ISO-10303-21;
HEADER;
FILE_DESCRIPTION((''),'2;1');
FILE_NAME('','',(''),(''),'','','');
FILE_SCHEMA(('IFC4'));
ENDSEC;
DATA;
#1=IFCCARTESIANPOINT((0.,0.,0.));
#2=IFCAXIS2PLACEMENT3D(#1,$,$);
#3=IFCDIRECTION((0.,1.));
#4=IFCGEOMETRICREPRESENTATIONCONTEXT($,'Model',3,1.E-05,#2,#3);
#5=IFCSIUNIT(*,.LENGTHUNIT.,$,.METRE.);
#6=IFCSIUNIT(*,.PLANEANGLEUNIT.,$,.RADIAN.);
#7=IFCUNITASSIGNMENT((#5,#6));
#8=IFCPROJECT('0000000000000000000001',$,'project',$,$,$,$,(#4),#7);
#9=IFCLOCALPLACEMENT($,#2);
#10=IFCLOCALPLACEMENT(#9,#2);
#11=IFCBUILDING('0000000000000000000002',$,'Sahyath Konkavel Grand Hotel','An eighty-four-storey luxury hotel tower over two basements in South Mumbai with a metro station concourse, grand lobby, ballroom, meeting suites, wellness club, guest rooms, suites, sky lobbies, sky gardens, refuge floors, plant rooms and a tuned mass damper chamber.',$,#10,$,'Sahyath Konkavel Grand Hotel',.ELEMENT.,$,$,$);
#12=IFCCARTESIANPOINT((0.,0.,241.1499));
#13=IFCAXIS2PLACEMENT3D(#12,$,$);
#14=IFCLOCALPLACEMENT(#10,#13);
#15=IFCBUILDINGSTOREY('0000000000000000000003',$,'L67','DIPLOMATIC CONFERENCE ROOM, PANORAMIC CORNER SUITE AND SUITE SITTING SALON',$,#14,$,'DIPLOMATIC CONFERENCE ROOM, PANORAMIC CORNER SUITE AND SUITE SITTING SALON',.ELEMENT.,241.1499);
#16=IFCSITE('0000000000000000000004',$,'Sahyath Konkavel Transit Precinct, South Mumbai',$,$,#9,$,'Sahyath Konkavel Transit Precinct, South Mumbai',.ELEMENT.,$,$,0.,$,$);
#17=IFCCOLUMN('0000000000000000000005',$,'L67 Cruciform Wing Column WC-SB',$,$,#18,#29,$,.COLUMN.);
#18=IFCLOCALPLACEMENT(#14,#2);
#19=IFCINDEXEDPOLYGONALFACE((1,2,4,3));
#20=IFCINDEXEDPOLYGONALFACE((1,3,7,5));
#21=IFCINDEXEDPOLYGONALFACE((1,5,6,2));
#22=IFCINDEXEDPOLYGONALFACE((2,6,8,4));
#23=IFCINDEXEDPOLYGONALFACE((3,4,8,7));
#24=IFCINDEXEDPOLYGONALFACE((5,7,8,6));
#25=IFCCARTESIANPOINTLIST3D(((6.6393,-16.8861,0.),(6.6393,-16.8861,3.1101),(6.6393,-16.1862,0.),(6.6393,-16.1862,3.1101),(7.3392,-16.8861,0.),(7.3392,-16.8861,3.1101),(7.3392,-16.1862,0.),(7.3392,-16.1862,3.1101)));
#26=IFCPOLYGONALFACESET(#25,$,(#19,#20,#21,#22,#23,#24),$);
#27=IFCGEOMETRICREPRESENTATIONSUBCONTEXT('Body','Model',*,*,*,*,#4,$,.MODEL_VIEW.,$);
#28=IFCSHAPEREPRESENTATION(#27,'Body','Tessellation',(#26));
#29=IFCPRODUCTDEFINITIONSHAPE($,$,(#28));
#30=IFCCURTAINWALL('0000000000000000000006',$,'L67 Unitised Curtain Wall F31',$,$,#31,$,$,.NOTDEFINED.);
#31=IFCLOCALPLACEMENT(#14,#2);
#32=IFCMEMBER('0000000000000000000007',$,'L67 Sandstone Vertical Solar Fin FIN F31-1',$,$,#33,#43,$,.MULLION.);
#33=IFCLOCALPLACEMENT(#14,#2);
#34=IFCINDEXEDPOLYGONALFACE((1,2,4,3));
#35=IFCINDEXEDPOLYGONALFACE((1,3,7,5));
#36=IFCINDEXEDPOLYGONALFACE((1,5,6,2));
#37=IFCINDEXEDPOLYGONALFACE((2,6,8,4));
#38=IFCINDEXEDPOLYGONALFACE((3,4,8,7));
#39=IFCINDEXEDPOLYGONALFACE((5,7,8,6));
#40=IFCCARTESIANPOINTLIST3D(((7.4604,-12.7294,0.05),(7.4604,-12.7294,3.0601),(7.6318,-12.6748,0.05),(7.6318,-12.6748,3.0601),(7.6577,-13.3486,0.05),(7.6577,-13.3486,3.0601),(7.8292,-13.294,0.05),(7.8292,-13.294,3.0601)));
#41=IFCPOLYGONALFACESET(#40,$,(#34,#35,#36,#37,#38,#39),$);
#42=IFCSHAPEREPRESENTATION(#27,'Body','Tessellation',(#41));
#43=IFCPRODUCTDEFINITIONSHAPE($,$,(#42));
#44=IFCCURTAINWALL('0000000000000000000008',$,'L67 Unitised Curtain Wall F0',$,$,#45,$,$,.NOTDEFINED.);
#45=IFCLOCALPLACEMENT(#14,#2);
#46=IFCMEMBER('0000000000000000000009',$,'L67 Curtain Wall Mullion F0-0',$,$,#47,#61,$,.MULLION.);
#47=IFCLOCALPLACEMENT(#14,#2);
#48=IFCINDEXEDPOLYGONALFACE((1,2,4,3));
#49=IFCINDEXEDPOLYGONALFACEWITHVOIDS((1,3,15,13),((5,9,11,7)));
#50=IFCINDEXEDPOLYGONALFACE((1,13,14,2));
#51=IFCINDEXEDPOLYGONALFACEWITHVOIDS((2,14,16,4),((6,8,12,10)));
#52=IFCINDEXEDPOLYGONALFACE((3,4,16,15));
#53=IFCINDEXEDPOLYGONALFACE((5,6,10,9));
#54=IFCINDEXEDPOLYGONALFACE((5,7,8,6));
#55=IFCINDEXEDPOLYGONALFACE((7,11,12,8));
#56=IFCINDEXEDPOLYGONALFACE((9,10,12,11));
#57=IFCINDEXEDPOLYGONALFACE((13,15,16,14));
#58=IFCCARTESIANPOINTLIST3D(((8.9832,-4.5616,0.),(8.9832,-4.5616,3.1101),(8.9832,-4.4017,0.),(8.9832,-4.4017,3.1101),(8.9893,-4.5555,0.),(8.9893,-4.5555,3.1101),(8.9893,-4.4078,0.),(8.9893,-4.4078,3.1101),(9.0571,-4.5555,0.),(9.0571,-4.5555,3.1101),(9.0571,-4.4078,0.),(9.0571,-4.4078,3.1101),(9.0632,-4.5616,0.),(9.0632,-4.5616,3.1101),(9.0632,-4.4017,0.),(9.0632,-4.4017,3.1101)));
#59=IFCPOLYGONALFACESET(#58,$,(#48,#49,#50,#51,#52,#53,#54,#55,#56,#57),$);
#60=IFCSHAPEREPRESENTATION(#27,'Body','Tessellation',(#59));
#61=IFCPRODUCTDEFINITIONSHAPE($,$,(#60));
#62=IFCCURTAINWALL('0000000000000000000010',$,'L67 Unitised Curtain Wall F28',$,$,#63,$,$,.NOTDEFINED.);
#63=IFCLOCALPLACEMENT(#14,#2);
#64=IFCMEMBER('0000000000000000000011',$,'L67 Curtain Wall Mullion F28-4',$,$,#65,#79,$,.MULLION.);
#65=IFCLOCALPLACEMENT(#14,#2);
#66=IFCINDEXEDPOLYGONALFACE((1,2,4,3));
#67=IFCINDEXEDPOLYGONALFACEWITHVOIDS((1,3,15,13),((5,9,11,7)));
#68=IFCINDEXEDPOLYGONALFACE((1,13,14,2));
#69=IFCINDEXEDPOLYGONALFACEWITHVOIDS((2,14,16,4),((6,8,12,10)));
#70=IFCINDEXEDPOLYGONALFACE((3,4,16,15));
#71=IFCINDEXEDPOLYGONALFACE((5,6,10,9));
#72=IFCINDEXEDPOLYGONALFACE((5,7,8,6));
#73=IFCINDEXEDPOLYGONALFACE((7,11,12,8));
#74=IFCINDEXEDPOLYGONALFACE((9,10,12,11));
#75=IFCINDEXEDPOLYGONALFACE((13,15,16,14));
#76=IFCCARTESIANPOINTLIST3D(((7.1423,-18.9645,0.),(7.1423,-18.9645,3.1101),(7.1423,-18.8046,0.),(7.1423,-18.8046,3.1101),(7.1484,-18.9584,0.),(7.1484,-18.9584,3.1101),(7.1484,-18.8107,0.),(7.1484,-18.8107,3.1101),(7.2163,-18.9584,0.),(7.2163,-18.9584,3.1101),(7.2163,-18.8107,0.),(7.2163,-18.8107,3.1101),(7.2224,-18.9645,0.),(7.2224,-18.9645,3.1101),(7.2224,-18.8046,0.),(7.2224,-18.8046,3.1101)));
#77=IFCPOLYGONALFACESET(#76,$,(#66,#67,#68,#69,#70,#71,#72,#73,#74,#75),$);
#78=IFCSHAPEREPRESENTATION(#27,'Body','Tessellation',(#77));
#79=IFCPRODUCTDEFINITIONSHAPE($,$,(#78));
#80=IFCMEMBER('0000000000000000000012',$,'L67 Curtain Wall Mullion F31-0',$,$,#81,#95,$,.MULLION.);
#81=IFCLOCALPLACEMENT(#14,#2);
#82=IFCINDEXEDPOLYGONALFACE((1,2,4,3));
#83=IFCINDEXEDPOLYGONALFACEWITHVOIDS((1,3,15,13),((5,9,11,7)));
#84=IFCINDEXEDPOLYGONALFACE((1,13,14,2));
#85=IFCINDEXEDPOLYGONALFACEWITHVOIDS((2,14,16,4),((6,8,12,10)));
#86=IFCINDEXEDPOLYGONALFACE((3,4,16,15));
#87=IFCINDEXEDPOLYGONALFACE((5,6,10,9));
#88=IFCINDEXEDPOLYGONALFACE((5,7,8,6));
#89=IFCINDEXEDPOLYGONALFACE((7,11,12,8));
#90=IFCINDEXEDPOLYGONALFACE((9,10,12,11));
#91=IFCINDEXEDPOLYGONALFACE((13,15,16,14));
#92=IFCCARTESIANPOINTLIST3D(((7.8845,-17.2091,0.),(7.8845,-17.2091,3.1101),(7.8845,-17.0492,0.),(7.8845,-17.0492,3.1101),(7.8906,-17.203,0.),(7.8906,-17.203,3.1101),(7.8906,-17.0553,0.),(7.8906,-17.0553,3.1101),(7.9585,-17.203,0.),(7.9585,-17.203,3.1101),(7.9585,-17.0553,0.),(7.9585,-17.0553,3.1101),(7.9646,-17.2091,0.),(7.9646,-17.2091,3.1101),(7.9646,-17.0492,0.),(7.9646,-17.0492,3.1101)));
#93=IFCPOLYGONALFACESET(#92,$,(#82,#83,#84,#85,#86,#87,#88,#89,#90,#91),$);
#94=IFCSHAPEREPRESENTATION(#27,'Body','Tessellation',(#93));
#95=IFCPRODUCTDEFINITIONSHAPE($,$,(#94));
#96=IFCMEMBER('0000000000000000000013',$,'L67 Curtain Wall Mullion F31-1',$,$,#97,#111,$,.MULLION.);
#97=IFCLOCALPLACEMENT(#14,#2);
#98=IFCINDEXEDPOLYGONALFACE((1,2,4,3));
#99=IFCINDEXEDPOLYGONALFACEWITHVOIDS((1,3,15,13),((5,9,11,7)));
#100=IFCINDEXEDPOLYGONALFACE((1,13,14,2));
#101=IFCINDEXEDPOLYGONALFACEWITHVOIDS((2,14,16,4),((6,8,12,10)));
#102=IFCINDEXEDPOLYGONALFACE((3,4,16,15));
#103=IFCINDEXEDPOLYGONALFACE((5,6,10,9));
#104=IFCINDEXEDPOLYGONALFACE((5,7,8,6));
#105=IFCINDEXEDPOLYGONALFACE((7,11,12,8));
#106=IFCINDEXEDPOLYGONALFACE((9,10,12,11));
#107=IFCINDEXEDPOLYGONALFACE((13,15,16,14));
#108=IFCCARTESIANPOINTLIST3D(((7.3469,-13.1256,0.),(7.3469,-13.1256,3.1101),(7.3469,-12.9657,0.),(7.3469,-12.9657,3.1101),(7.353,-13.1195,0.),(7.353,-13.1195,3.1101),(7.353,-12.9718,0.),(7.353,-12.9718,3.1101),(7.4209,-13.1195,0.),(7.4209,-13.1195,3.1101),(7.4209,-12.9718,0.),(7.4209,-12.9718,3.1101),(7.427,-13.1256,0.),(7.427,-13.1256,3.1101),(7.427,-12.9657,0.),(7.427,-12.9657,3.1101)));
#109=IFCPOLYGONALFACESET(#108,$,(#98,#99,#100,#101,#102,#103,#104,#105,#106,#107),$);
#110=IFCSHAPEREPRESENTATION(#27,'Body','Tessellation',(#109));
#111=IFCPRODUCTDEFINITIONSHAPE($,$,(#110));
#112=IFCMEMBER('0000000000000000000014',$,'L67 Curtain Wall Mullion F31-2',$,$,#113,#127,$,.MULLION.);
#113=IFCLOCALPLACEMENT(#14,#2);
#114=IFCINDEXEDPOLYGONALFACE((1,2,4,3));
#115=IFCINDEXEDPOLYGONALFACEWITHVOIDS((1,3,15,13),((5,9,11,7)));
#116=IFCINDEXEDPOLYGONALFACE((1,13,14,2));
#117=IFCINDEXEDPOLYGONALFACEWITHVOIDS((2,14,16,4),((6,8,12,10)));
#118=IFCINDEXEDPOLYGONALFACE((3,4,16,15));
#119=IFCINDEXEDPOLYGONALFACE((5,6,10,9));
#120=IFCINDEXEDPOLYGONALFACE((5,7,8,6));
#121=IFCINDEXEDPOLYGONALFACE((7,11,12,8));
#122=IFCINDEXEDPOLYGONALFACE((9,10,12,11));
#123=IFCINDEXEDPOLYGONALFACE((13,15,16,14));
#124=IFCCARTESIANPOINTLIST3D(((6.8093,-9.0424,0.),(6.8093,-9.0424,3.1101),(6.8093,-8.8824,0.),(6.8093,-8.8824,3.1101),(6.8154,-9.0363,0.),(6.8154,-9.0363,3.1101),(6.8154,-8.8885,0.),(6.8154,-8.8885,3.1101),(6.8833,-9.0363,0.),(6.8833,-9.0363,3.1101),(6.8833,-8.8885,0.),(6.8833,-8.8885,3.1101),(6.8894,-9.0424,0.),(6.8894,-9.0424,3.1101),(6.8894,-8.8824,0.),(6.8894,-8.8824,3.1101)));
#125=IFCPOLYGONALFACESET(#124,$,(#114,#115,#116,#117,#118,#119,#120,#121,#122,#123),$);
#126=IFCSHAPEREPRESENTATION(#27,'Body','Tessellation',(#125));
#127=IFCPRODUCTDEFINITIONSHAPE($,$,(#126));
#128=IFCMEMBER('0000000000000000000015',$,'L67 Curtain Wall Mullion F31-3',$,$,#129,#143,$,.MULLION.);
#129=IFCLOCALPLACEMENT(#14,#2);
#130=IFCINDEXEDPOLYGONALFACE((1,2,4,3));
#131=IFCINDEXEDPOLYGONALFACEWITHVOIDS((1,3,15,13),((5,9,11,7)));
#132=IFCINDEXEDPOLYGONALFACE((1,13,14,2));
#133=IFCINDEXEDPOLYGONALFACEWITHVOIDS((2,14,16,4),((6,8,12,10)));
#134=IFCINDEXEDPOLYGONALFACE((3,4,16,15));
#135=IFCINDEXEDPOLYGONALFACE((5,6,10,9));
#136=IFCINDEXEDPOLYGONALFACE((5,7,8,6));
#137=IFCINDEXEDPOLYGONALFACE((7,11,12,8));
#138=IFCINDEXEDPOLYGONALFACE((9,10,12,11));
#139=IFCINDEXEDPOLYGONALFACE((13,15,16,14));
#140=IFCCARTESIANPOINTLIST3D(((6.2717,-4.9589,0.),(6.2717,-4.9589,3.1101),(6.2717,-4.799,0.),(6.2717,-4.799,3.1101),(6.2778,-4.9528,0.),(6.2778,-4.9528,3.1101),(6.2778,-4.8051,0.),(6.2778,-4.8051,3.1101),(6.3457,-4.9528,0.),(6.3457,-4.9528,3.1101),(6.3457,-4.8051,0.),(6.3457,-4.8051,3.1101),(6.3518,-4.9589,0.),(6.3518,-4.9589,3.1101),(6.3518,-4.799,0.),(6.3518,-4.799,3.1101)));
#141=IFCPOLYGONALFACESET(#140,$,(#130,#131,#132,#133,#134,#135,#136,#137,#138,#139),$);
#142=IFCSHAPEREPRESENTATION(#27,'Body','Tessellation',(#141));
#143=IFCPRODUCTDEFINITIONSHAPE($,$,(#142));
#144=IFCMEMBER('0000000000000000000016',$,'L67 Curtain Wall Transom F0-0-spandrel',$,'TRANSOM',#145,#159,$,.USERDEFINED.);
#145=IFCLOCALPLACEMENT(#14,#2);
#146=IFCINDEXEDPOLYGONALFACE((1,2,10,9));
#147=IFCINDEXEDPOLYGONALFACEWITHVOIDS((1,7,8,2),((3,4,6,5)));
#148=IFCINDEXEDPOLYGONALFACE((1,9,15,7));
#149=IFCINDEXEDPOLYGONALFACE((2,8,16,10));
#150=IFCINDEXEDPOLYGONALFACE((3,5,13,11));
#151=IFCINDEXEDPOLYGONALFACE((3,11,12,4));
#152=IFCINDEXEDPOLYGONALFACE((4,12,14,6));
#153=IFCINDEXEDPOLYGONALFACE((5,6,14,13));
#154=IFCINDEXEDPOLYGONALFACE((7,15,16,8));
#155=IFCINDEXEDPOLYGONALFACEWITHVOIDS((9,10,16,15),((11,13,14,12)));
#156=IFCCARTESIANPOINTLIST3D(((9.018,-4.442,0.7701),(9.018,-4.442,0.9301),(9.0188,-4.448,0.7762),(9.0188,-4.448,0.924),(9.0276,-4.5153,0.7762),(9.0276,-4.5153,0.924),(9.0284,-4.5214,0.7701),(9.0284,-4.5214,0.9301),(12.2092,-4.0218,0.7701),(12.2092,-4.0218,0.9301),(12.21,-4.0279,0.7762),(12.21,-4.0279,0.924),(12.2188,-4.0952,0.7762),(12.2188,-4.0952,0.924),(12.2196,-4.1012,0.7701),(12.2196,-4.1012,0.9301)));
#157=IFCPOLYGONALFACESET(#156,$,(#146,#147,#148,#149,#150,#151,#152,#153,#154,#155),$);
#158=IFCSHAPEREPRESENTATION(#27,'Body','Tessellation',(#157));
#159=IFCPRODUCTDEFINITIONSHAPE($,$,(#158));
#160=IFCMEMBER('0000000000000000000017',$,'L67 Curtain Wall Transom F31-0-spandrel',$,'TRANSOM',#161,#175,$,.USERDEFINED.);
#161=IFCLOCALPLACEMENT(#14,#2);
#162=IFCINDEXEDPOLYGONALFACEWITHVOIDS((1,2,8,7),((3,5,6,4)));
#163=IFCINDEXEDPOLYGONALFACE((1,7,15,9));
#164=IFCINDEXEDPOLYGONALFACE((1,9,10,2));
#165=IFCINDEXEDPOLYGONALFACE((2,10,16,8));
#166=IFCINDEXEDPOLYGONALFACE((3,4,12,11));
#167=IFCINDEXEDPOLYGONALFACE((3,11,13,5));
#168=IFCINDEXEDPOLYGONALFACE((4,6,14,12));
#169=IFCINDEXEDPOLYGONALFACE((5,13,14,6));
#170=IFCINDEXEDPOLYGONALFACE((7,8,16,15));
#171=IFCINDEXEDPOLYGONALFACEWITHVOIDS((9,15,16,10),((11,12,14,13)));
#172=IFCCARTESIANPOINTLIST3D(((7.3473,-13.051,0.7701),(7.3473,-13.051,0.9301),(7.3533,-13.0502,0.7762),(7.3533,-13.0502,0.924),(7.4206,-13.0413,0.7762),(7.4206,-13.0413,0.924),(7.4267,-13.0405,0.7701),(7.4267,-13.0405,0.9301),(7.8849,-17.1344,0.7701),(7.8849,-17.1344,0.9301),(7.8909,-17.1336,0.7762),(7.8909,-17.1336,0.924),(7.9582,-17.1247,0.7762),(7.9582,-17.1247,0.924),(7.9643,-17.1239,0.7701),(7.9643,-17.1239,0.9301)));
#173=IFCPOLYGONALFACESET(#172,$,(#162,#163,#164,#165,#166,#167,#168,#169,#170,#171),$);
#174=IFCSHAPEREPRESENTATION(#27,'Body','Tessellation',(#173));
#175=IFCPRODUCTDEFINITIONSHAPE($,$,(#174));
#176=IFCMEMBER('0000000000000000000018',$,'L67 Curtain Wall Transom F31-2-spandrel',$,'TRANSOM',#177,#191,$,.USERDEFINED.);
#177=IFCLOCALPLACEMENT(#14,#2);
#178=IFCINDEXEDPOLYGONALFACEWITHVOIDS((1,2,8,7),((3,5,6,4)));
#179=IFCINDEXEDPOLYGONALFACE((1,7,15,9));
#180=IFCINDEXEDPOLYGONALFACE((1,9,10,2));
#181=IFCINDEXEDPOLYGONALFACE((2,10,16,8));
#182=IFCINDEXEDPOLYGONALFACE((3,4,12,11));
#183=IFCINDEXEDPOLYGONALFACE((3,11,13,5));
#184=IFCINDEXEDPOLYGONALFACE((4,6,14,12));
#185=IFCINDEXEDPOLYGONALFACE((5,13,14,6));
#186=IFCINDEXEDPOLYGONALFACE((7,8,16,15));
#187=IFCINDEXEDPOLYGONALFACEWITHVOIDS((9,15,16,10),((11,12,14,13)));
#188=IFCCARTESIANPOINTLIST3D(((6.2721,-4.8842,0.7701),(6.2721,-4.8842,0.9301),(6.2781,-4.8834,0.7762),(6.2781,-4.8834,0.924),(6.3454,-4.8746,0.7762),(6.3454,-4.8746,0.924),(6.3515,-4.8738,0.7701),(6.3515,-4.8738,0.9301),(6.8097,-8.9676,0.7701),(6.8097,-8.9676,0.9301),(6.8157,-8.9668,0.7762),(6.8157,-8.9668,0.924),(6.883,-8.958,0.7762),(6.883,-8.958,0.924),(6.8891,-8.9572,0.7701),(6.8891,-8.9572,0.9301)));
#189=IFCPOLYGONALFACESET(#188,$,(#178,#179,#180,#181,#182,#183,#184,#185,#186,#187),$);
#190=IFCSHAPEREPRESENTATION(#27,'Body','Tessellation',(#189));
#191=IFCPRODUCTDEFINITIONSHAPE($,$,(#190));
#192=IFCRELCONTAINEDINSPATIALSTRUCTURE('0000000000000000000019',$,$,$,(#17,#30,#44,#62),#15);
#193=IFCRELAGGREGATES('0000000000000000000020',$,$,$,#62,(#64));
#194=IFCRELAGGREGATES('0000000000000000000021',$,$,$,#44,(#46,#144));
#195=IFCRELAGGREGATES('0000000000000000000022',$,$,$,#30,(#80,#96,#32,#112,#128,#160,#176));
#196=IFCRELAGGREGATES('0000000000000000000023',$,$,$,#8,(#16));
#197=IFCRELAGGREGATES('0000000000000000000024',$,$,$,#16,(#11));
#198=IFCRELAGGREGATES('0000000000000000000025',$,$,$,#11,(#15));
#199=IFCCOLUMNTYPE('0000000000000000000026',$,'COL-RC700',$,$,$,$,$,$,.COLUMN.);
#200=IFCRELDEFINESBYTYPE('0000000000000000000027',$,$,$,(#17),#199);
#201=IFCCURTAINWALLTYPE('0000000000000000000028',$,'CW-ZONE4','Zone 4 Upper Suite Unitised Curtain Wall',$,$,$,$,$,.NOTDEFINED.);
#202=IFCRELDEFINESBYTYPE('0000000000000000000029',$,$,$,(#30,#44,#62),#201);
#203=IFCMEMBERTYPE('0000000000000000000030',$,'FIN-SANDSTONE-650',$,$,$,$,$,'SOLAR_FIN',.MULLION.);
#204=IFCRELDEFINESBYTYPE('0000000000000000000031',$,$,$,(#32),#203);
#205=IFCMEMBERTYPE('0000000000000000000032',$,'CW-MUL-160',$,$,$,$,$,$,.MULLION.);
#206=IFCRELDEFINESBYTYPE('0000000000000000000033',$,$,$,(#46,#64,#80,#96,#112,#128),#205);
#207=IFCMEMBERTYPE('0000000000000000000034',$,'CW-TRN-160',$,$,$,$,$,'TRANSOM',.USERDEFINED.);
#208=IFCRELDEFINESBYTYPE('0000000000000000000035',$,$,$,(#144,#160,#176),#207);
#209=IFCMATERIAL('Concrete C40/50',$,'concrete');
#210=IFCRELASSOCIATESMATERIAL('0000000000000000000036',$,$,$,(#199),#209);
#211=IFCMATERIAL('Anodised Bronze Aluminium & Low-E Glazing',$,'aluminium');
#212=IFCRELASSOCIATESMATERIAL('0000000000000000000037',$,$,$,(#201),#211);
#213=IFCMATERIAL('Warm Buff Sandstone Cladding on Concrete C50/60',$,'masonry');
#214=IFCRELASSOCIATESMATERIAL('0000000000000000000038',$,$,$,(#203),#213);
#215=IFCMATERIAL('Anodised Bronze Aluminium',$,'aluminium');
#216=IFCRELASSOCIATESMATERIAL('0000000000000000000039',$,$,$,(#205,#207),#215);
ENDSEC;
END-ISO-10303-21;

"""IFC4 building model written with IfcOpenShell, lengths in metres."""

from ifc_helpers import new_model, si_unit, direction, frame, origin, origin_2d, place, context, subcontext, project, spatial, rectangle, hollow_rectangle, extrude, source, transform, mapped, material, material_profile, profile_set, type_object, element, aggregate, save


model = new_model("IFC4")

# Units and contexts
model_context = context("Model", 3, precision=1e-05, world=origin(), true_north=direction((0.0, 1.0)))
body_context = subcontext(model_context, "Body", "Model", "MODEL_VIEW")
ifc_project = project(units=[si_unit("LENGTHUNIT", "METRE"), si_unit("PLANEANGLEUNIT", "RADIAN")], contexts=[model_context])

# Site, building, storey
site_placement = place(None, origin())
site = spatial("IfcSite", under=ifc_project, at=site_placement, Name="Sahyath Konkavel Transit Precinct, South Mumbai", LongName="Sahyath Konkavel Transit Precinct, South Mumbai", CompositionType="ELEMENT", RefElevation=0.0)
building_placement = place(site_placement, origin())
building = spatial("IfcBuilding", under=site, at=building_placement, Name="Sahyath Konkavel Grand Hotel", Description="An eighty-four-storey luxury hotel tower over two basements in South Mumbai with a metro station concourse, grand lobby, ballroom, meeting suites, wellness club, guest rooms, suites, sky lobbies, sky gardens, refuge floors, plant rooms and a tuned mass damper chamber.", LongName="Sahyath Konkavel Grand Hotel", CompositionType="ELEMENT")
storey_placement = place(building_placement, frame((0.0, 0.0, 241.1499)))
storey = spatial("IfcBuildingStorey", under=building, at=storey_placement, Name="L67", Description="DIPLOMATIC CONFERENCE ROOM, PANORAMIC CORNER SUITE AND SUITE SITTING SALON", LongName="DIPLOMATIC CONFERENCE ROOM, PANORAMIC CORNER SUITE AND SUITE SITTING SALON", CompositionType="ELEMENT", Elevation=241.1499)

# Column
ifc_material_1 = material(Name="Concrete C40/50", Category="concrete")
ifc_material_profile_1 = material_profile(ifc_material_1, rectangle(XDim=0.7, YDim=0.7, at=origin_2d()), Name="RC 700x700")
ifc_profile_set_1 = profile_set([ifc_material_profile_1], Name="Concrete C40/50")
column_type = type_object("IfcColumnType", Name="COL-RC700", PredefinedType="COLUMN", material=ifc_profile_set_1)
shared_shape_1 = source(origin(), body_context, "Body", "SweptSolid", [
    extrude(rectangle(XDim=0.7, YDim=0.7, at=origin_2d()), origin(), (0.0, 0.0, 1.0), 3.1101),
])
column_placement = place(storey_placement, frame((6.9893, -16.5361, 0.0), z_axis=(0.0, 0.0, 1.0), x_axis=(1.0, 0.0, 0.0)))
element("IfcColumn", 1, at=column_placement, inside=storey, type_object=column_type, Name="L67 Cruciform Wing Column WC-SB", PredefinedType="COLUMN", context=body_context, shape_type="MappedRepresentation", body=[
    mapped(shared_shape_1, transform((0.0, 0.0, 0.0), scale=1.0)),
])

# Curtain walls, members
ifc_material_2 = material(Name="Anodised Bronze Aluminium & Low-E Glazing", Category="aluminium")
curtain_wall_type = type_object("IfcCurtainWallType", Name="CW-ZONE4", Description="Zone 4 Upper Suite Unitised Curtain Wall", PredefinedType="NOTDEFINED", material=ifc_material_2)
curtain_wall_1_placement = place(storey_placement, origin())
curtain_wall_1 = element("IfcCurtainWall", 2, at=curtain_wall_1_placement, inside=storey, type_object=curtain_wall_type, Name="L67 Unitised Curtain Wall F31", PredefinedType="NOTDEFINED")
ifc_material_3 = material(Name="Warm Buff Sandstone Cladding on Concrete C50/60", Category="masonry")
ifc_material_profile_2 = material_profile(ifc_material_3, rectangle(XDim=0.1799, YDim=0.6499, at=origin_2d()), Name="FIN 180x650")
ifc_profile_set_2 = profile_set([ifc_material_profile_2], Name="Warm Buff Sandstone Cladding on Concrete C50/60")
member_type_1 = type_object("IfcMemberType", Name="FIN-SANDSTONE-650", ElementType="SOLAR_FIN", PredefinedType="MULLION", material=ifc_profile_set_2)
shared_shape_2 = source(origin(), body_context, "Body", "SweptSolid", [
    extrude(rectangle(XDim=0.1799, YDim=0.6499, at=origin_2d()), origin(), (0.0, 0.0, 1.0), 3.01),
])
member_1_placement = place(storey_placement, frame((7.6448, -13.0117, 0.05), z_axis=(0.0, 0.0, 1.0), x_axis=(0.952768, 0.303701, 0.0)))
member_1 = element("IfcMember", 3, at=member_1_placement, type_object=member_type_1, Name="L67 Sandstone Vertical Solar Fin FIN F31-1", PredefinedType="MULLION", context=body_context, shape_type="MappedRepresentation", body=[
    mapped(shared_shape_2, transform((0.0, 0.0, 0.0), scale=1.0)),
])
curtain_wall_2_placement = place(storey_placement, origin())
curtain_wall_2 = element("IfcCurtainWall", 4, at=curtain_wall_2_placement, inside=storey, type_object=curtain_wall_type, Name="L67 Unitised Curtain Wall F0", PredefinedType="NOTDEFINED")
ifc_material_4 = material(Name="Anodised Bronze Aluminium", Category="aluminium")
ifc_material_profile_3 = material_profile(ifc_material_4, hollow_rectangle(XDim=0.0801, YDim=0.1599, WallThickness=0.0061, at=origin_2d()), Name="RHS 160x80x6")
ifc_profile_set_3 = profile_set([ifc_material_profile_3], Name="Anodised Bronze Aluminium")
member_type_2 = type_object("IfcMemberType", Name="CW-MUL-160", PredefinedType="MULLION", material=ifc_profile_set_3)
shared_shape_3 = source(origin(), body_context, "Body", "SweptSolid", [
    extrude(hollow_rectangle(XDim=0.0801, YDim=0.1599, WallThickness=0.0061, at=origin_2d()), origin(), (0.0, 0.0, 1.0), 3.1101),
])
member_2_placement = place(storey_placement, frame((9.0232, -4.4817, 0.0), z_axis=(0.0, 0.0, 1.0), x_axis=(1.0, 0.0, 0.0)))
member_2 = element("IfcMember", 5, at=member_2_placement, type_object=member_type_2, Name="L67 Curtain Wall Mullion F0-0", PredefinedType="MULLION", context=body_context, shape_type="MappedRepresentation", body=[
    mapped(shared_shape_3, transform((0.0, 0.0, 0.0), scale=1.0)),
])
curtain_wall_3_placement = place(storey_placement, origin())
curtain_wall_3 = element("IfcCurtainWall", 6, at=curtain_wall_3_placement, inside=storey, type_object=curtain_wall_type, Name="L67 Unitised Curtain Wall F28", PredefinedType="NOTDEFINED")
member_3_placement = place(storey_placement, frame((7.1824, -18.8845, 0.0), z_axis=(0.0, 0.0, 1.0), x_axis=(1.0, 0.0, 0.0)))
member_3 = element("IfcMember", 7, at=member_3_placement, type_object=member_type_2, Name="L67 Curtain Wall Mullion F28-4", PredefinedType="MULLION", context=body_context, shape_type="MappedRepresentation", body=[
    mapped(shared_shape_3, transform((0.0, 0.0, 0.0), scale=1.0)),
])
aggregate(curtain_wall_3, [member_3])

# Members
member_4_placement = place(storey_placement, frame((7.9246, -17.1292, 0.0), z_axis=(0.0, 0.0, 1.0), x_axis=(1.0, 0.0, 0.0)))
member_4 = element("IfcMember", 8, at=member_4_placement, type_object=member_type_2, Name="L67 Curtain Wall Mullion F31-0", PredefinedType="MULLION", context=body_context, shape_type="MappedRepresentation", body=[
    mapped(shared_shape_3, transform((0.0, 0.0, 0.0), scale=1.0)),
])
member_5_placement = place(storey_placement, frame((7.387, -13.0457, 0.0), z_axis=(0.0, 0.0, 1.0), x_axis=(1.0, 0.0, 0.0)))
member_5 = element("IfcMember", 9, at=member_5_placement, type_object=member_type_2, Name="L67 Curtain Wall Mullion F31-1", PredefinedType="MULLION", context=body_context, shape_type="MappedRepresentation", body=[
    mapped(shared_shape_3, transform((0.0, 0.0, 0.0), scale=1.0)),
])
member_6_placement = place(storey_placement, frame((6.8494, -8.9624, 0.0), z_axis=(0.0, 0.0, 1.0), x_axis=(1.0, 0.0, 0.0)))
member_6 = element("IfcMember", 10, at=member_6_placement, type_object=member_type_2, Name="L67 Curtain Wall Mullion F31-2", PredefinedType="MULLION", context=body_context, shape_type="MappedRepresentation", body=[
    mapped(shared_shape_3, transform((0.0, 0.0, 0.0), scale=1.0)),
])
member_7_placement = place(storey_placement, frame((6.3118, -4.8789, 0.0), z_axis=(0.0, 0.0, 1.0), x_axis=(1.0, 0.0, 0.0)))
member_7 = element("IfcMember", 11, at=member_7_placement, type_object=member_type_2, Name="L67 Curtain Wall Mullion F31-3", PredefinedType="MULLION", context=body_context, shape_type="MappedRepresentation", body=[
    mapped(shared_shape_3, transform((0.0, 0.0, 0.0), scale=1.0)),
])
ifc_material_profile_4 = material_profile(ifc_material_4, hollow_rectangle(XDim=0.0801, YDim=0.1599, WallThickness=0.0061, at=origin_2d()), Name="RHS 160x80x6")
ifc_profile_set_4 = profile_set([ifc_material_profile_4], Name="Anodised Bronze Aluminium")
member_type_3 = type_object("IfcMemberType", Name="CW-TRN-160", ElementType="TRANSOM", PredefinedType="USERDEFINED", material=ifc_profile_set_4)
shared_shape_4 = source(origin(), body_context, "Body", "SweptSolid", [
    extrude(hollow_rectangle(XDim=0.0801, YDim=0.1599, WallThickness=0.0061, at=origin_2d()), origin(), (0.0, 0.0, 1.0), 3.2188),
])
member_8_placement = place(storey_placement, frame((9.0232, -4.4817, 0.8501), z_axis=(0.991443, 0.130539, 0.0), x_axis=(-0.130539, 0.991443, 0.0)))
member_8 = element("IfcMember", 12, at=member_8_placement, type_object=member_type_3, Name="L67 Curtain Wall Transom F0-0-spandrel", ObjectType="TRANSOM", PredefinedType="USERDEFINED", context=body_context, shape_type="MappedRepresentation", body=[
    mapped(shared_shape_4, transform((0.0, 0.0, 0.0), scale=1.0)),
])
aggregate(curtain_wall_2, [member_2, member_8])
shared_shape_5 = source(origin(), body_context, "Body", "SweptSolid", [
    extrude(hollow_rectangle(XDim=0.0801, YDim=0.1599, WallThickness=0.0061, at=origin_2d()), origin(), (0.0, 0.0, 1.0), 4.1187),
])
member_9_placement = place(storey_placement, frame((7.9246, -17.1292, 0.8501), z_axis=(-0.130525, 0.991445, 0.0), x_axis=(-0.991445, -0.130525, 0.0)))
member_9 = element("IfcMember", 13, at=member_9_placement, type_object=member_type_3, Name="L67 Curtain Wall Transom F31-0-spandrel", ObjectType="TRANSOM", PredefinedType="USERDEFINED", context=body_context, shape_type="MappedRepresentation", body=[
    mapped(shared_shape_5, transform((0.0, 0.0, 0.0), scale=1.0)),
])
member_10_placement = place(storey_placement, frame((6.8494, -8.9624, 0.8501), z_axis=(-0.130525, 0.991445, 0.0), x_axis=(-0.991445, -0.130525, 0.0)))
member_10 = element("IfcMember", 14, at=member_10_placement, type_object=member_type_3, Name="L67 Curtain Wall Transom F31-2-spandrel", ObjectType="TRANSOM", PredefinedType="USERDEFINED", context=body_context, shape_type="MappedRepresentation", body=[
    mapped(shared_shape_5, transform((0.0, 0.0, 0.0), scale=1.0)),
])

aggregate(curtain_wall_1, [member_4, member_5, member_1, member_6, member_7, member_9, member_10])

save(model, "model.ifc")
